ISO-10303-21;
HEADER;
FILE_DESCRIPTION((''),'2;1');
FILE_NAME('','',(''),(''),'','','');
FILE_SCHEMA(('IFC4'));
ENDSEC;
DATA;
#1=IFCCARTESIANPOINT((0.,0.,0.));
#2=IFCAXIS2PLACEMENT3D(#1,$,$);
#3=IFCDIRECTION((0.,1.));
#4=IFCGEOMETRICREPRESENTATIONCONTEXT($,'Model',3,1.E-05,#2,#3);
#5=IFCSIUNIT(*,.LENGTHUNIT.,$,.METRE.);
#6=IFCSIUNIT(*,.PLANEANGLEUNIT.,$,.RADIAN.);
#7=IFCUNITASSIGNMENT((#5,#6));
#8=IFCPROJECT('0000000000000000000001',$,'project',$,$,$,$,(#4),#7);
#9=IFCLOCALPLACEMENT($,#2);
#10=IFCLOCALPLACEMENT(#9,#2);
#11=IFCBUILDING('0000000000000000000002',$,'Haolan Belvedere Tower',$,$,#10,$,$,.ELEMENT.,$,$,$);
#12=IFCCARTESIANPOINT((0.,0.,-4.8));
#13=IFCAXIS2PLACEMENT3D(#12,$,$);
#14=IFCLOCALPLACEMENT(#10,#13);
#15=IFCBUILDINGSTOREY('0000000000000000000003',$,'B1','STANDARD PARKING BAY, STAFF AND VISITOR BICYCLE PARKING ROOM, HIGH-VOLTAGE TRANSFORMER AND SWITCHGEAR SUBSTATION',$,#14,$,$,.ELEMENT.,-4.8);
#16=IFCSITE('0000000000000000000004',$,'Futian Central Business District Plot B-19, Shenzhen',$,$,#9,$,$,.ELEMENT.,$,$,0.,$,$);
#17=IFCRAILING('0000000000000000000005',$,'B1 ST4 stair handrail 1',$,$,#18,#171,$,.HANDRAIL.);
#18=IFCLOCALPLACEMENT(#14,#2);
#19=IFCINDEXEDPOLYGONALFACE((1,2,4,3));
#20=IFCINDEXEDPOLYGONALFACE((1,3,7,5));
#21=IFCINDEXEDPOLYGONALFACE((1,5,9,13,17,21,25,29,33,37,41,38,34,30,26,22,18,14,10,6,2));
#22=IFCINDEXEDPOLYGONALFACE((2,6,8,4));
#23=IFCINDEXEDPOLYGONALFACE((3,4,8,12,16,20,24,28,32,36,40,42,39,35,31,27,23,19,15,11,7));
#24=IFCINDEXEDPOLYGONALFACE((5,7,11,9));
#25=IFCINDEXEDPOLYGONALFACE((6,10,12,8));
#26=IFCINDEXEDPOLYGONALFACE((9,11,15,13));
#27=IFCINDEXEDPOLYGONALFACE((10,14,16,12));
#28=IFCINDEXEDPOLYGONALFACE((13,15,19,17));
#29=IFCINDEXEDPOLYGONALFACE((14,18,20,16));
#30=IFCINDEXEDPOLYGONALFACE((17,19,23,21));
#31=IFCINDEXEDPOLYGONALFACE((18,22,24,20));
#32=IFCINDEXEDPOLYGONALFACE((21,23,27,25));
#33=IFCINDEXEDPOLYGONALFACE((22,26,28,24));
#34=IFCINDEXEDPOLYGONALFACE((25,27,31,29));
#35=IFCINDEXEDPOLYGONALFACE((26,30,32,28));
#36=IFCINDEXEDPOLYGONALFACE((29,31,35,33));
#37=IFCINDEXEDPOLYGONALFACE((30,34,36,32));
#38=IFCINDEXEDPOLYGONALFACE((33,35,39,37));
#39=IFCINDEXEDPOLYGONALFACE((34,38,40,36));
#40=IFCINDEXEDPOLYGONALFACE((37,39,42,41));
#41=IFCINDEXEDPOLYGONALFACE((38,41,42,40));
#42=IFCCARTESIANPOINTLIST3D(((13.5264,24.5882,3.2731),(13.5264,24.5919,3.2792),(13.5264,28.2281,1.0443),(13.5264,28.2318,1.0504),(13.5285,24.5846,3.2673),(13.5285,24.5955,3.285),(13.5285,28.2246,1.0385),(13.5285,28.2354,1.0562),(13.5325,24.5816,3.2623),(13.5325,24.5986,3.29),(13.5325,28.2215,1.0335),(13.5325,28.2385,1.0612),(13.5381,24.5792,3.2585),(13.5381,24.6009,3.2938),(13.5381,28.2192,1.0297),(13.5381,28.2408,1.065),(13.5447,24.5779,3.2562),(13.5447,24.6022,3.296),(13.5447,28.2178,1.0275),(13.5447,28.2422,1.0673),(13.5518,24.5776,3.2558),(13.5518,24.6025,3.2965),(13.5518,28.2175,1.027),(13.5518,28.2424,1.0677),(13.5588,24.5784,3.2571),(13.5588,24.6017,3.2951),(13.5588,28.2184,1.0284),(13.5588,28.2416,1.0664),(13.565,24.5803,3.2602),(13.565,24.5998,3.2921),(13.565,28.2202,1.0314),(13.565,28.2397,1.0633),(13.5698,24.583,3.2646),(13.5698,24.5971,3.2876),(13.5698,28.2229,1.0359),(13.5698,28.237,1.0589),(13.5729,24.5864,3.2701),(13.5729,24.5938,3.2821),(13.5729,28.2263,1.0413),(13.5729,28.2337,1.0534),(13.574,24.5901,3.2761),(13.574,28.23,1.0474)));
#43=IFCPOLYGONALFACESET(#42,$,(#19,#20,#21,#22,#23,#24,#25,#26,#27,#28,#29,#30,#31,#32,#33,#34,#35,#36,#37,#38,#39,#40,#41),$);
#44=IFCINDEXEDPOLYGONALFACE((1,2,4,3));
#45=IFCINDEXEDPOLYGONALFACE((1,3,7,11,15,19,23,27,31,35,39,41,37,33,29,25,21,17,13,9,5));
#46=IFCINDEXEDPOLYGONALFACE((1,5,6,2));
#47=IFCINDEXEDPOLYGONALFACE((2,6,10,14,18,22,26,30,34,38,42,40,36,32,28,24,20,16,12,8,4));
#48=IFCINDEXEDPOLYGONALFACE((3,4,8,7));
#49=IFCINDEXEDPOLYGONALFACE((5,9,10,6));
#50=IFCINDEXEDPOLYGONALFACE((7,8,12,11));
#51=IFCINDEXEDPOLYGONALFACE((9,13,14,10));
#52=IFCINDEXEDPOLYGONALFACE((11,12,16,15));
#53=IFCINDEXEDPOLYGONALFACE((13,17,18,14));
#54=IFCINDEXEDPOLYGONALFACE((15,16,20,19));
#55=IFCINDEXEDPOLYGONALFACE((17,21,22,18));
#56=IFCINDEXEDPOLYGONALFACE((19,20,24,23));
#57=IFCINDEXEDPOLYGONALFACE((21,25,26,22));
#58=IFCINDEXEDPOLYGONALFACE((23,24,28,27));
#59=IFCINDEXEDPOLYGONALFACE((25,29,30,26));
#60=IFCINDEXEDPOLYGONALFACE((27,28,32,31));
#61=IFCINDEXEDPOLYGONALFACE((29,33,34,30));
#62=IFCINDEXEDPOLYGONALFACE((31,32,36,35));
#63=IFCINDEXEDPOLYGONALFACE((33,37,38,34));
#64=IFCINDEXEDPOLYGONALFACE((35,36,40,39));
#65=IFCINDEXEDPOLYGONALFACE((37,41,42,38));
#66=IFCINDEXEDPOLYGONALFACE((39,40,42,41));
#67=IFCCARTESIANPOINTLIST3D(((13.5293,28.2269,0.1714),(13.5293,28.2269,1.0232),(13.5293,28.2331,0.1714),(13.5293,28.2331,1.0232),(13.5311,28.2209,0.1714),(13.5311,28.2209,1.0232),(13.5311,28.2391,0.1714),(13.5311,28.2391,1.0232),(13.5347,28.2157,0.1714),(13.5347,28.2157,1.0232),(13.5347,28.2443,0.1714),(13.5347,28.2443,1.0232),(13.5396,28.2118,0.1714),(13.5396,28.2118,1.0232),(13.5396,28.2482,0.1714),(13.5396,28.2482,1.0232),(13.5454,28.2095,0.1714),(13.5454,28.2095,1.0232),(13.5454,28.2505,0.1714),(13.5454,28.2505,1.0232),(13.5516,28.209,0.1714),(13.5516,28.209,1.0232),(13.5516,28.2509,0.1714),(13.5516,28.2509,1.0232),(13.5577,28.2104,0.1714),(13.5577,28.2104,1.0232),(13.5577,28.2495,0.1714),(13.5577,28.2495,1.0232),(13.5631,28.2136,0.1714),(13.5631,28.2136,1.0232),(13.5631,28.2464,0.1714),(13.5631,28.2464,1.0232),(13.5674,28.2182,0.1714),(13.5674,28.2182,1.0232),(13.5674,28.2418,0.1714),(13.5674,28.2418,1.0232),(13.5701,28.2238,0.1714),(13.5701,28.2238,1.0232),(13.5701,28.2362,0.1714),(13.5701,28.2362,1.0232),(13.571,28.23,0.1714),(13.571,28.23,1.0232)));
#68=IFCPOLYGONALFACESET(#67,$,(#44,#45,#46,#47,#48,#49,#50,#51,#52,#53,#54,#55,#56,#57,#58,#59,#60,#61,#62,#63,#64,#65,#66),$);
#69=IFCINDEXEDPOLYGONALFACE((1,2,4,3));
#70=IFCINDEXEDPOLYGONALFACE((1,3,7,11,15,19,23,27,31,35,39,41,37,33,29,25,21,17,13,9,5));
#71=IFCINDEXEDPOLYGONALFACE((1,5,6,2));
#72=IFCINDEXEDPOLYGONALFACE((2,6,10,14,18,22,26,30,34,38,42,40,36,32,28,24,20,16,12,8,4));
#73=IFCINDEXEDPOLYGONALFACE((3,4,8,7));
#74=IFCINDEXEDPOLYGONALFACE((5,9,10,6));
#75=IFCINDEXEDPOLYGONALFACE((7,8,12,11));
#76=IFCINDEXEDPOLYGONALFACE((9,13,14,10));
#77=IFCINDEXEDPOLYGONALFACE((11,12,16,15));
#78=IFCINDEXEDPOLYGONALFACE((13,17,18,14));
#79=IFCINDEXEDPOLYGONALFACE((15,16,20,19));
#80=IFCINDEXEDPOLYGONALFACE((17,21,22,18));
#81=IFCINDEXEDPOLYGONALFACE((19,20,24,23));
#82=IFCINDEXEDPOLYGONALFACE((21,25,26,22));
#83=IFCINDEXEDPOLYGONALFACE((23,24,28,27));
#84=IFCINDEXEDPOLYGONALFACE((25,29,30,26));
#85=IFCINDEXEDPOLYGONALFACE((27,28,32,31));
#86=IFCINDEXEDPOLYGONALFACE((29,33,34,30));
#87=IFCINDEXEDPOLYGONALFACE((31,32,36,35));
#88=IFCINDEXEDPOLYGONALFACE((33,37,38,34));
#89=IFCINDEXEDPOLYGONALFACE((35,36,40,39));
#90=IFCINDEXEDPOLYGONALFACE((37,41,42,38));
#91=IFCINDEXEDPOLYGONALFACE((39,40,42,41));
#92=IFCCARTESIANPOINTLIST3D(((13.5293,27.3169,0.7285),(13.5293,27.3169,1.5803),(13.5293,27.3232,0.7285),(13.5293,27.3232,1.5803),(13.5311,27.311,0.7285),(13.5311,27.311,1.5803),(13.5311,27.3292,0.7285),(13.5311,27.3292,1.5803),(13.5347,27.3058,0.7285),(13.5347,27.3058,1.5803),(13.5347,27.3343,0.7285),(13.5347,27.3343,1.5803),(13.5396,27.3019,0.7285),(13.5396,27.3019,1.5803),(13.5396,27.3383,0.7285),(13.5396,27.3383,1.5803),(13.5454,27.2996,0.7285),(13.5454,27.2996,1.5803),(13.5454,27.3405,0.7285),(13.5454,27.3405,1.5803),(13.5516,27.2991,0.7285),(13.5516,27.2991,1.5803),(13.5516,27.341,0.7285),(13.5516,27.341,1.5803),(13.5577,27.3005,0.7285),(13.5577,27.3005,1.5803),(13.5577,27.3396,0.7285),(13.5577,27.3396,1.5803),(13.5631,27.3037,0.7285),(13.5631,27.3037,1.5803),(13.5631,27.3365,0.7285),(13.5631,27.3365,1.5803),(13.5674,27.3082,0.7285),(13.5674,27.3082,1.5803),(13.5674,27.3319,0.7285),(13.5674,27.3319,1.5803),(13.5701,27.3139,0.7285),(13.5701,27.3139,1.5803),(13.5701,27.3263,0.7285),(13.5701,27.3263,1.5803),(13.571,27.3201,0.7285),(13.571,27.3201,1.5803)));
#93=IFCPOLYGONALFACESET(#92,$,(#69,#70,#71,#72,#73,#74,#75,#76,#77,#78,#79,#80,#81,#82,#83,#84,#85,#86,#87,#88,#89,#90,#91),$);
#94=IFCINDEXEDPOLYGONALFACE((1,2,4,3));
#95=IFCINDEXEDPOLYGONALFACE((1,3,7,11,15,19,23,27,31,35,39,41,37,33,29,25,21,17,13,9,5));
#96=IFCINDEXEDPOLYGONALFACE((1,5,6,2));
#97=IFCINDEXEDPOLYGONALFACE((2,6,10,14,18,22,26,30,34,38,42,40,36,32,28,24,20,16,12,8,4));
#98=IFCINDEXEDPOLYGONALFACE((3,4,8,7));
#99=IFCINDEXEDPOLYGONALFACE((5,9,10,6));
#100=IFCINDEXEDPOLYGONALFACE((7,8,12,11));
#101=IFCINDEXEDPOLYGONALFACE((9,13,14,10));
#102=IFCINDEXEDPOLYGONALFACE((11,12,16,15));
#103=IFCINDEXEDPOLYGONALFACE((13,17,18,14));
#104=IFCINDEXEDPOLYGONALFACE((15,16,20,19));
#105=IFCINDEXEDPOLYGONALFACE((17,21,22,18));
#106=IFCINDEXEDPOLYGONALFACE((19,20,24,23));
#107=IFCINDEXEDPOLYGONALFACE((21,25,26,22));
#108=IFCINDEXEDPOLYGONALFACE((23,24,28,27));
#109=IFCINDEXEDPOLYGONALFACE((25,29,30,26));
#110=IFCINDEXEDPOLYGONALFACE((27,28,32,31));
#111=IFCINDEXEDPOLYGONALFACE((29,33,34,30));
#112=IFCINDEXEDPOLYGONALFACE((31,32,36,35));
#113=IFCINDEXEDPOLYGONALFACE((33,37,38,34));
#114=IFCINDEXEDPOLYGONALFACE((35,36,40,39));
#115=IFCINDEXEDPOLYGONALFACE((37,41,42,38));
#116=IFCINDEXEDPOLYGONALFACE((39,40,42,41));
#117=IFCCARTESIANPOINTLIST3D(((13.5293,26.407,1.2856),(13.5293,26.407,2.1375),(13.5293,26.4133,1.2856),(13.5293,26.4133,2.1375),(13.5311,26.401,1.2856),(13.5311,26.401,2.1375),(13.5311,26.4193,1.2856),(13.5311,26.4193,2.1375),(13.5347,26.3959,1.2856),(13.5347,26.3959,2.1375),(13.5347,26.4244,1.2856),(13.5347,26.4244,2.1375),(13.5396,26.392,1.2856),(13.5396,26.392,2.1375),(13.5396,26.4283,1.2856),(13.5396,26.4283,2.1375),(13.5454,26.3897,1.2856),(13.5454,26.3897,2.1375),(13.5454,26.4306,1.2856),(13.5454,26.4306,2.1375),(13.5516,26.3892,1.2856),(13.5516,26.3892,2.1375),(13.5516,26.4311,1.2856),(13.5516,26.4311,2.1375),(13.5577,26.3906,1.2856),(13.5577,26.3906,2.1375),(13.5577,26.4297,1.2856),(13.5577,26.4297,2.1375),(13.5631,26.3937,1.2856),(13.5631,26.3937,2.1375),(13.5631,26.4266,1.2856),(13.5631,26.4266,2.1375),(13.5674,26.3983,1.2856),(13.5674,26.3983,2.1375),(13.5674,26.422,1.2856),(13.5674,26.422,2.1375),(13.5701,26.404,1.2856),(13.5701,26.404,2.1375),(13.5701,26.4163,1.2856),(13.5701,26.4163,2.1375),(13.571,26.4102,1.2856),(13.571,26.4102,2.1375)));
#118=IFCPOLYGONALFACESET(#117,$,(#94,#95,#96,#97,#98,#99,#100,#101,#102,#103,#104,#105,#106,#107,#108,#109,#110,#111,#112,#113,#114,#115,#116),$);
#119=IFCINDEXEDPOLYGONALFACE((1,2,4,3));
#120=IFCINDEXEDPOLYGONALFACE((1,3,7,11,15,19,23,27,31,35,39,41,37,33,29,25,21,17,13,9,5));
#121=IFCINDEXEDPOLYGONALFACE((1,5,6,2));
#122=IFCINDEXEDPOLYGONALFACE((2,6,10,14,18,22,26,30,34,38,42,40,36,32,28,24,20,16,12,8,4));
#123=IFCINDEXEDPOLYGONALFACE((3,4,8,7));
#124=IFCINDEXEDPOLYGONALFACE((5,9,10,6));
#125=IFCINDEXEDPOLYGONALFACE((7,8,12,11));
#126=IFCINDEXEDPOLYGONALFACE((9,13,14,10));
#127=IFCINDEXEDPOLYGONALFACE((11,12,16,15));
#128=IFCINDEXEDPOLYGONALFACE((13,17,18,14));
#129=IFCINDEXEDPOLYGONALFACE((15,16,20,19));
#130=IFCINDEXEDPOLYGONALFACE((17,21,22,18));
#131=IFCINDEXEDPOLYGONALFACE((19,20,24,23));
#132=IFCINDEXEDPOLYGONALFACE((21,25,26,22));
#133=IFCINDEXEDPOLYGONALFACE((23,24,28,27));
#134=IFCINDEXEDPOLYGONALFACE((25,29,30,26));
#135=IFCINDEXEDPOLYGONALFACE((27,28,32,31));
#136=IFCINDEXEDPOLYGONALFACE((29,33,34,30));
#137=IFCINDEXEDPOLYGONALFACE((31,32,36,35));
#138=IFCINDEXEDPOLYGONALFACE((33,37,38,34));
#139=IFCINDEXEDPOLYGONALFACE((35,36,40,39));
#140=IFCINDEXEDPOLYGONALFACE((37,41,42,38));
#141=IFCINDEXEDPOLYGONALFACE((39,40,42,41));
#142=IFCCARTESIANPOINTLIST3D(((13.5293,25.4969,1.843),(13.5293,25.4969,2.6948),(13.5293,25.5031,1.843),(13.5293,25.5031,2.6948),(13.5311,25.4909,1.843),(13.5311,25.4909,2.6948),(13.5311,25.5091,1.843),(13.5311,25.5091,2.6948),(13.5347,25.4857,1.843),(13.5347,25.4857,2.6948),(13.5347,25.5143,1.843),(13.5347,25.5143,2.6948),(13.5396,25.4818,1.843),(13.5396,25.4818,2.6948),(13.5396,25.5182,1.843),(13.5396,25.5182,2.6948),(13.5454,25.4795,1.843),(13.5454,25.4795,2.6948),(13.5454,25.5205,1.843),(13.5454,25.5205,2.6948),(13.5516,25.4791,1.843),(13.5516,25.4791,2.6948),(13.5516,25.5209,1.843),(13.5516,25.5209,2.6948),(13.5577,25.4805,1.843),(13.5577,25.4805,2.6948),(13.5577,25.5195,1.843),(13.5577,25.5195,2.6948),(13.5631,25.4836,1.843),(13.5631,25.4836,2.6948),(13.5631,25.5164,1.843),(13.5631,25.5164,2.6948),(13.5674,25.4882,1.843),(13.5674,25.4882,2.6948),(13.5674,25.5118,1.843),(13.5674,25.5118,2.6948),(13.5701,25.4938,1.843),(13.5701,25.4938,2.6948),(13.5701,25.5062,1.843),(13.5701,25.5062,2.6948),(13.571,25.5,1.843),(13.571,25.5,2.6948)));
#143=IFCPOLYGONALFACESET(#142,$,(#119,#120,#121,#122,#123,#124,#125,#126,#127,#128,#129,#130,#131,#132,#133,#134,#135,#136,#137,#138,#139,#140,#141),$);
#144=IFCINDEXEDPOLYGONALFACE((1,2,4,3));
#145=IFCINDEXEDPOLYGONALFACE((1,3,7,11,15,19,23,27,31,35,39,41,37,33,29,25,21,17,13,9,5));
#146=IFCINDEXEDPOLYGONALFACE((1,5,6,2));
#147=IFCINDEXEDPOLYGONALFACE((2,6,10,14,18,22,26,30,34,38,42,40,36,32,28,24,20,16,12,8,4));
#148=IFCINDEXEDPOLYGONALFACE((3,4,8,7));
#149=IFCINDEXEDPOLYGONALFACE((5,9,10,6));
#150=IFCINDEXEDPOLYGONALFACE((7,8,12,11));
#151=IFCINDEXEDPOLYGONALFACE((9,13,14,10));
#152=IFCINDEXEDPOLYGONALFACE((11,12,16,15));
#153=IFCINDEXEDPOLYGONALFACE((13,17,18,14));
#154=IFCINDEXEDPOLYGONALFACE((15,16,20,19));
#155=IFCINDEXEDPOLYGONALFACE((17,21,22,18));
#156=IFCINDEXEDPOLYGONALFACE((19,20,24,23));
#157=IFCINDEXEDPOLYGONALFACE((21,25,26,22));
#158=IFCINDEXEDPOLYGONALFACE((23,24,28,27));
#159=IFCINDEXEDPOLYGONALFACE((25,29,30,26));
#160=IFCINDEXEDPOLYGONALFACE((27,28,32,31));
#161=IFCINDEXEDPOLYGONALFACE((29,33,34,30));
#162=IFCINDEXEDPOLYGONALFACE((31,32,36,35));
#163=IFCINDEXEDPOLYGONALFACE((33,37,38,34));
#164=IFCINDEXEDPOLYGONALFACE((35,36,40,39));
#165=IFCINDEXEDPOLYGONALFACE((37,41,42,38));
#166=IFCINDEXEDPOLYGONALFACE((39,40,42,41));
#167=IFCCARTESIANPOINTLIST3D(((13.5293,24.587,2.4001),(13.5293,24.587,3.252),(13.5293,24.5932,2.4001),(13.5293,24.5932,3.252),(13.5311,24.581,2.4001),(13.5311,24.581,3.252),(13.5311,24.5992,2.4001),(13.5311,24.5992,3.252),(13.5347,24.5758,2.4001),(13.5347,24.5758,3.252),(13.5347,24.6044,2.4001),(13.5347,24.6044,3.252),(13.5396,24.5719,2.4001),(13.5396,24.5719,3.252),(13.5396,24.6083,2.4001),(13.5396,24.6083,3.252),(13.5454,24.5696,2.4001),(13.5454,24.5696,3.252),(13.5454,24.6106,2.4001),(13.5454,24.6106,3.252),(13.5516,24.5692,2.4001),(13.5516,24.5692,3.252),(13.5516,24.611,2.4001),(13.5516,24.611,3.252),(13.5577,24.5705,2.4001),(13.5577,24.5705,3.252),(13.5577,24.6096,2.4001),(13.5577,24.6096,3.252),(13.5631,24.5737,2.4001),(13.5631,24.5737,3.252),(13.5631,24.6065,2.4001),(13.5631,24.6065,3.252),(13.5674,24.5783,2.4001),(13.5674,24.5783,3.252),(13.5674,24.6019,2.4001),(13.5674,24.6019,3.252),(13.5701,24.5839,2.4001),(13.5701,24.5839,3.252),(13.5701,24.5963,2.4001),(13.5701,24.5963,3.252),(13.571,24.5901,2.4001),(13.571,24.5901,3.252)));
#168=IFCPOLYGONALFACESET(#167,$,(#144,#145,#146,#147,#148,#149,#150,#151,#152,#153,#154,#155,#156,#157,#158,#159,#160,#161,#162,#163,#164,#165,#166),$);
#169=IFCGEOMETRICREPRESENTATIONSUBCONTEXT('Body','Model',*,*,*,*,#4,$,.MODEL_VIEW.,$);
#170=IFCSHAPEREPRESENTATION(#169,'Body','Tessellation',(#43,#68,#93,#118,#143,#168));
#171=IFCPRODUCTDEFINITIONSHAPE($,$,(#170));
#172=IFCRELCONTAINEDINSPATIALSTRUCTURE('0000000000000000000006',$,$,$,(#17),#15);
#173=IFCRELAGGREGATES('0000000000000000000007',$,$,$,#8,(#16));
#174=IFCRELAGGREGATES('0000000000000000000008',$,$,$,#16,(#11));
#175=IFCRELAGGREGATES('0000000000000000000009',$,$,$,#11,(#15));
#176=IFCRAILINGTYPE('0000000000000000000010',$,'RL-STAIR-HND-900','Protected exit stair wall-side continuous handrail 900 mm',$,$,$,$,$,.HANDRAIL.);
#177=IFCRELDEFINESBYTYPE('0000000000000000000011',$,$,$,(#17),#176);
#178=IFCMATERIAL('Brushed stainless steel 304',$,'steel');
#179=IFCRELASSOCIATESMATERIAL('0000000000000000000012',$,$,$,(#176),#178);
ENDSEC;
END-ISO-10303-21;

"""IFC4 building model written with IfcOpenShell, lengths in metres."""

from ifc_helpers import new_model, si_unit, direction, frame, origin, origin_2d, place, context, subcontext, project, spatial, circle, extrude, material, type_object, element, save


model = new_model("IFC4")

# Units and contexts
model_context = context("Model", 3, precision=1e-05, world=origin(), true_north=direction((0.0, 1.0)))
body_context = subcontext(model_context, "Body", "Model", "MODEL_VIEW")
ifc_project = project(units=[si_unit("LENGTHUNIT", "METRE"), si_unit("PLANEANGLEUNIT", "RADIAN")], contexts=[model_context])

# Site, building, storey
site_placement = place(None, origin())
site = spatial("IfcSite", under=ifc_project, at=site_placement, Name="Futian Central Business District Plot B-19, Shenzhen", CompositionType="ELEMENT", RefElevation=0.0)
building_placement = place(site_placement, origin())
building = spatial("IfcBuilding", under=site, at=building_placement, Name="Haolan Belvedere Tower", CompositionType="ELEMENT")
storey_placement = place(building_placement, frame((0.0, 0.0, -4.8)))
storey = spatial("IfcBuildingStorey", under=building, at=storey_placement, Name="B1", Description="STANDARD PARKING BAY, STAFF AND VISITOR BICYCLE PARKING ROOM, HIGH-VOLTAGE TRANSFORMER AND SWITCHGEAR SUBSTATION", CompositionType="ELEMENT", Elevation=-4.8)

# Railing
ifc_material_1 = material(Name="Brushed stainless steel 304", Category="steel")
railing_type_1 = type_object("IfcRailingType", Name="RL-STAIR-HND-900", Description="Protected exit stair wall-side continuous handrail 900 mm", PredefinedType="HANDRAIL", material=ifc_material_1)
railing_1_placement = place(storey_placement, frame((13.55, 28.23, 0.1714)))
element("IfcRailing", 1, at=railing_1_placement, inside=storey, type_object=railing_type_1, Name="B1 ST4 stair handrail 1", PredefinedType="HANDRAIL", context=body_context, shape_type="SweptSolid", body=[
    extrude(circle(Radius=0.0239, at=origin_2d()), frame((0.0, 0.0, 0.876), z_axis=(0.0, -0.852825, 0.522197), x_axis=(1.0, 0.0, 0.0)), (0.0, 0.0, 1.0), 4.2681),
    extrude(circle(Radius=0.021, at=origin_2d()), origin(), (0.0, 0.0, 1.0), 0.8518),
    extrude(circle(Radius=0.021, at=origin_2d()), frame((0.0, -0.9099, 0.5571)), (0.0, 0.0, 1.0), 0.8518),
    extrude(circle(Radius=0.021, at=origin_2d()), frame((0.0, -1.8198, 1.1143)), (0.0, 0.0, 1.0), 0.8518),
    extrude(circle(Radius=0.021, at=origin_2d()), frame((0.0, -2.73, 1.6716)), (0.0, 0.0, 1.0), 0.8518),
    extrude(circle(Radius=0.021, at=origin_2d()), frame((0.0, -3.6399, 2.2288)), (0.0, 0.0, 1.0), 0.8518),
])

save(model, "model.ifc")
